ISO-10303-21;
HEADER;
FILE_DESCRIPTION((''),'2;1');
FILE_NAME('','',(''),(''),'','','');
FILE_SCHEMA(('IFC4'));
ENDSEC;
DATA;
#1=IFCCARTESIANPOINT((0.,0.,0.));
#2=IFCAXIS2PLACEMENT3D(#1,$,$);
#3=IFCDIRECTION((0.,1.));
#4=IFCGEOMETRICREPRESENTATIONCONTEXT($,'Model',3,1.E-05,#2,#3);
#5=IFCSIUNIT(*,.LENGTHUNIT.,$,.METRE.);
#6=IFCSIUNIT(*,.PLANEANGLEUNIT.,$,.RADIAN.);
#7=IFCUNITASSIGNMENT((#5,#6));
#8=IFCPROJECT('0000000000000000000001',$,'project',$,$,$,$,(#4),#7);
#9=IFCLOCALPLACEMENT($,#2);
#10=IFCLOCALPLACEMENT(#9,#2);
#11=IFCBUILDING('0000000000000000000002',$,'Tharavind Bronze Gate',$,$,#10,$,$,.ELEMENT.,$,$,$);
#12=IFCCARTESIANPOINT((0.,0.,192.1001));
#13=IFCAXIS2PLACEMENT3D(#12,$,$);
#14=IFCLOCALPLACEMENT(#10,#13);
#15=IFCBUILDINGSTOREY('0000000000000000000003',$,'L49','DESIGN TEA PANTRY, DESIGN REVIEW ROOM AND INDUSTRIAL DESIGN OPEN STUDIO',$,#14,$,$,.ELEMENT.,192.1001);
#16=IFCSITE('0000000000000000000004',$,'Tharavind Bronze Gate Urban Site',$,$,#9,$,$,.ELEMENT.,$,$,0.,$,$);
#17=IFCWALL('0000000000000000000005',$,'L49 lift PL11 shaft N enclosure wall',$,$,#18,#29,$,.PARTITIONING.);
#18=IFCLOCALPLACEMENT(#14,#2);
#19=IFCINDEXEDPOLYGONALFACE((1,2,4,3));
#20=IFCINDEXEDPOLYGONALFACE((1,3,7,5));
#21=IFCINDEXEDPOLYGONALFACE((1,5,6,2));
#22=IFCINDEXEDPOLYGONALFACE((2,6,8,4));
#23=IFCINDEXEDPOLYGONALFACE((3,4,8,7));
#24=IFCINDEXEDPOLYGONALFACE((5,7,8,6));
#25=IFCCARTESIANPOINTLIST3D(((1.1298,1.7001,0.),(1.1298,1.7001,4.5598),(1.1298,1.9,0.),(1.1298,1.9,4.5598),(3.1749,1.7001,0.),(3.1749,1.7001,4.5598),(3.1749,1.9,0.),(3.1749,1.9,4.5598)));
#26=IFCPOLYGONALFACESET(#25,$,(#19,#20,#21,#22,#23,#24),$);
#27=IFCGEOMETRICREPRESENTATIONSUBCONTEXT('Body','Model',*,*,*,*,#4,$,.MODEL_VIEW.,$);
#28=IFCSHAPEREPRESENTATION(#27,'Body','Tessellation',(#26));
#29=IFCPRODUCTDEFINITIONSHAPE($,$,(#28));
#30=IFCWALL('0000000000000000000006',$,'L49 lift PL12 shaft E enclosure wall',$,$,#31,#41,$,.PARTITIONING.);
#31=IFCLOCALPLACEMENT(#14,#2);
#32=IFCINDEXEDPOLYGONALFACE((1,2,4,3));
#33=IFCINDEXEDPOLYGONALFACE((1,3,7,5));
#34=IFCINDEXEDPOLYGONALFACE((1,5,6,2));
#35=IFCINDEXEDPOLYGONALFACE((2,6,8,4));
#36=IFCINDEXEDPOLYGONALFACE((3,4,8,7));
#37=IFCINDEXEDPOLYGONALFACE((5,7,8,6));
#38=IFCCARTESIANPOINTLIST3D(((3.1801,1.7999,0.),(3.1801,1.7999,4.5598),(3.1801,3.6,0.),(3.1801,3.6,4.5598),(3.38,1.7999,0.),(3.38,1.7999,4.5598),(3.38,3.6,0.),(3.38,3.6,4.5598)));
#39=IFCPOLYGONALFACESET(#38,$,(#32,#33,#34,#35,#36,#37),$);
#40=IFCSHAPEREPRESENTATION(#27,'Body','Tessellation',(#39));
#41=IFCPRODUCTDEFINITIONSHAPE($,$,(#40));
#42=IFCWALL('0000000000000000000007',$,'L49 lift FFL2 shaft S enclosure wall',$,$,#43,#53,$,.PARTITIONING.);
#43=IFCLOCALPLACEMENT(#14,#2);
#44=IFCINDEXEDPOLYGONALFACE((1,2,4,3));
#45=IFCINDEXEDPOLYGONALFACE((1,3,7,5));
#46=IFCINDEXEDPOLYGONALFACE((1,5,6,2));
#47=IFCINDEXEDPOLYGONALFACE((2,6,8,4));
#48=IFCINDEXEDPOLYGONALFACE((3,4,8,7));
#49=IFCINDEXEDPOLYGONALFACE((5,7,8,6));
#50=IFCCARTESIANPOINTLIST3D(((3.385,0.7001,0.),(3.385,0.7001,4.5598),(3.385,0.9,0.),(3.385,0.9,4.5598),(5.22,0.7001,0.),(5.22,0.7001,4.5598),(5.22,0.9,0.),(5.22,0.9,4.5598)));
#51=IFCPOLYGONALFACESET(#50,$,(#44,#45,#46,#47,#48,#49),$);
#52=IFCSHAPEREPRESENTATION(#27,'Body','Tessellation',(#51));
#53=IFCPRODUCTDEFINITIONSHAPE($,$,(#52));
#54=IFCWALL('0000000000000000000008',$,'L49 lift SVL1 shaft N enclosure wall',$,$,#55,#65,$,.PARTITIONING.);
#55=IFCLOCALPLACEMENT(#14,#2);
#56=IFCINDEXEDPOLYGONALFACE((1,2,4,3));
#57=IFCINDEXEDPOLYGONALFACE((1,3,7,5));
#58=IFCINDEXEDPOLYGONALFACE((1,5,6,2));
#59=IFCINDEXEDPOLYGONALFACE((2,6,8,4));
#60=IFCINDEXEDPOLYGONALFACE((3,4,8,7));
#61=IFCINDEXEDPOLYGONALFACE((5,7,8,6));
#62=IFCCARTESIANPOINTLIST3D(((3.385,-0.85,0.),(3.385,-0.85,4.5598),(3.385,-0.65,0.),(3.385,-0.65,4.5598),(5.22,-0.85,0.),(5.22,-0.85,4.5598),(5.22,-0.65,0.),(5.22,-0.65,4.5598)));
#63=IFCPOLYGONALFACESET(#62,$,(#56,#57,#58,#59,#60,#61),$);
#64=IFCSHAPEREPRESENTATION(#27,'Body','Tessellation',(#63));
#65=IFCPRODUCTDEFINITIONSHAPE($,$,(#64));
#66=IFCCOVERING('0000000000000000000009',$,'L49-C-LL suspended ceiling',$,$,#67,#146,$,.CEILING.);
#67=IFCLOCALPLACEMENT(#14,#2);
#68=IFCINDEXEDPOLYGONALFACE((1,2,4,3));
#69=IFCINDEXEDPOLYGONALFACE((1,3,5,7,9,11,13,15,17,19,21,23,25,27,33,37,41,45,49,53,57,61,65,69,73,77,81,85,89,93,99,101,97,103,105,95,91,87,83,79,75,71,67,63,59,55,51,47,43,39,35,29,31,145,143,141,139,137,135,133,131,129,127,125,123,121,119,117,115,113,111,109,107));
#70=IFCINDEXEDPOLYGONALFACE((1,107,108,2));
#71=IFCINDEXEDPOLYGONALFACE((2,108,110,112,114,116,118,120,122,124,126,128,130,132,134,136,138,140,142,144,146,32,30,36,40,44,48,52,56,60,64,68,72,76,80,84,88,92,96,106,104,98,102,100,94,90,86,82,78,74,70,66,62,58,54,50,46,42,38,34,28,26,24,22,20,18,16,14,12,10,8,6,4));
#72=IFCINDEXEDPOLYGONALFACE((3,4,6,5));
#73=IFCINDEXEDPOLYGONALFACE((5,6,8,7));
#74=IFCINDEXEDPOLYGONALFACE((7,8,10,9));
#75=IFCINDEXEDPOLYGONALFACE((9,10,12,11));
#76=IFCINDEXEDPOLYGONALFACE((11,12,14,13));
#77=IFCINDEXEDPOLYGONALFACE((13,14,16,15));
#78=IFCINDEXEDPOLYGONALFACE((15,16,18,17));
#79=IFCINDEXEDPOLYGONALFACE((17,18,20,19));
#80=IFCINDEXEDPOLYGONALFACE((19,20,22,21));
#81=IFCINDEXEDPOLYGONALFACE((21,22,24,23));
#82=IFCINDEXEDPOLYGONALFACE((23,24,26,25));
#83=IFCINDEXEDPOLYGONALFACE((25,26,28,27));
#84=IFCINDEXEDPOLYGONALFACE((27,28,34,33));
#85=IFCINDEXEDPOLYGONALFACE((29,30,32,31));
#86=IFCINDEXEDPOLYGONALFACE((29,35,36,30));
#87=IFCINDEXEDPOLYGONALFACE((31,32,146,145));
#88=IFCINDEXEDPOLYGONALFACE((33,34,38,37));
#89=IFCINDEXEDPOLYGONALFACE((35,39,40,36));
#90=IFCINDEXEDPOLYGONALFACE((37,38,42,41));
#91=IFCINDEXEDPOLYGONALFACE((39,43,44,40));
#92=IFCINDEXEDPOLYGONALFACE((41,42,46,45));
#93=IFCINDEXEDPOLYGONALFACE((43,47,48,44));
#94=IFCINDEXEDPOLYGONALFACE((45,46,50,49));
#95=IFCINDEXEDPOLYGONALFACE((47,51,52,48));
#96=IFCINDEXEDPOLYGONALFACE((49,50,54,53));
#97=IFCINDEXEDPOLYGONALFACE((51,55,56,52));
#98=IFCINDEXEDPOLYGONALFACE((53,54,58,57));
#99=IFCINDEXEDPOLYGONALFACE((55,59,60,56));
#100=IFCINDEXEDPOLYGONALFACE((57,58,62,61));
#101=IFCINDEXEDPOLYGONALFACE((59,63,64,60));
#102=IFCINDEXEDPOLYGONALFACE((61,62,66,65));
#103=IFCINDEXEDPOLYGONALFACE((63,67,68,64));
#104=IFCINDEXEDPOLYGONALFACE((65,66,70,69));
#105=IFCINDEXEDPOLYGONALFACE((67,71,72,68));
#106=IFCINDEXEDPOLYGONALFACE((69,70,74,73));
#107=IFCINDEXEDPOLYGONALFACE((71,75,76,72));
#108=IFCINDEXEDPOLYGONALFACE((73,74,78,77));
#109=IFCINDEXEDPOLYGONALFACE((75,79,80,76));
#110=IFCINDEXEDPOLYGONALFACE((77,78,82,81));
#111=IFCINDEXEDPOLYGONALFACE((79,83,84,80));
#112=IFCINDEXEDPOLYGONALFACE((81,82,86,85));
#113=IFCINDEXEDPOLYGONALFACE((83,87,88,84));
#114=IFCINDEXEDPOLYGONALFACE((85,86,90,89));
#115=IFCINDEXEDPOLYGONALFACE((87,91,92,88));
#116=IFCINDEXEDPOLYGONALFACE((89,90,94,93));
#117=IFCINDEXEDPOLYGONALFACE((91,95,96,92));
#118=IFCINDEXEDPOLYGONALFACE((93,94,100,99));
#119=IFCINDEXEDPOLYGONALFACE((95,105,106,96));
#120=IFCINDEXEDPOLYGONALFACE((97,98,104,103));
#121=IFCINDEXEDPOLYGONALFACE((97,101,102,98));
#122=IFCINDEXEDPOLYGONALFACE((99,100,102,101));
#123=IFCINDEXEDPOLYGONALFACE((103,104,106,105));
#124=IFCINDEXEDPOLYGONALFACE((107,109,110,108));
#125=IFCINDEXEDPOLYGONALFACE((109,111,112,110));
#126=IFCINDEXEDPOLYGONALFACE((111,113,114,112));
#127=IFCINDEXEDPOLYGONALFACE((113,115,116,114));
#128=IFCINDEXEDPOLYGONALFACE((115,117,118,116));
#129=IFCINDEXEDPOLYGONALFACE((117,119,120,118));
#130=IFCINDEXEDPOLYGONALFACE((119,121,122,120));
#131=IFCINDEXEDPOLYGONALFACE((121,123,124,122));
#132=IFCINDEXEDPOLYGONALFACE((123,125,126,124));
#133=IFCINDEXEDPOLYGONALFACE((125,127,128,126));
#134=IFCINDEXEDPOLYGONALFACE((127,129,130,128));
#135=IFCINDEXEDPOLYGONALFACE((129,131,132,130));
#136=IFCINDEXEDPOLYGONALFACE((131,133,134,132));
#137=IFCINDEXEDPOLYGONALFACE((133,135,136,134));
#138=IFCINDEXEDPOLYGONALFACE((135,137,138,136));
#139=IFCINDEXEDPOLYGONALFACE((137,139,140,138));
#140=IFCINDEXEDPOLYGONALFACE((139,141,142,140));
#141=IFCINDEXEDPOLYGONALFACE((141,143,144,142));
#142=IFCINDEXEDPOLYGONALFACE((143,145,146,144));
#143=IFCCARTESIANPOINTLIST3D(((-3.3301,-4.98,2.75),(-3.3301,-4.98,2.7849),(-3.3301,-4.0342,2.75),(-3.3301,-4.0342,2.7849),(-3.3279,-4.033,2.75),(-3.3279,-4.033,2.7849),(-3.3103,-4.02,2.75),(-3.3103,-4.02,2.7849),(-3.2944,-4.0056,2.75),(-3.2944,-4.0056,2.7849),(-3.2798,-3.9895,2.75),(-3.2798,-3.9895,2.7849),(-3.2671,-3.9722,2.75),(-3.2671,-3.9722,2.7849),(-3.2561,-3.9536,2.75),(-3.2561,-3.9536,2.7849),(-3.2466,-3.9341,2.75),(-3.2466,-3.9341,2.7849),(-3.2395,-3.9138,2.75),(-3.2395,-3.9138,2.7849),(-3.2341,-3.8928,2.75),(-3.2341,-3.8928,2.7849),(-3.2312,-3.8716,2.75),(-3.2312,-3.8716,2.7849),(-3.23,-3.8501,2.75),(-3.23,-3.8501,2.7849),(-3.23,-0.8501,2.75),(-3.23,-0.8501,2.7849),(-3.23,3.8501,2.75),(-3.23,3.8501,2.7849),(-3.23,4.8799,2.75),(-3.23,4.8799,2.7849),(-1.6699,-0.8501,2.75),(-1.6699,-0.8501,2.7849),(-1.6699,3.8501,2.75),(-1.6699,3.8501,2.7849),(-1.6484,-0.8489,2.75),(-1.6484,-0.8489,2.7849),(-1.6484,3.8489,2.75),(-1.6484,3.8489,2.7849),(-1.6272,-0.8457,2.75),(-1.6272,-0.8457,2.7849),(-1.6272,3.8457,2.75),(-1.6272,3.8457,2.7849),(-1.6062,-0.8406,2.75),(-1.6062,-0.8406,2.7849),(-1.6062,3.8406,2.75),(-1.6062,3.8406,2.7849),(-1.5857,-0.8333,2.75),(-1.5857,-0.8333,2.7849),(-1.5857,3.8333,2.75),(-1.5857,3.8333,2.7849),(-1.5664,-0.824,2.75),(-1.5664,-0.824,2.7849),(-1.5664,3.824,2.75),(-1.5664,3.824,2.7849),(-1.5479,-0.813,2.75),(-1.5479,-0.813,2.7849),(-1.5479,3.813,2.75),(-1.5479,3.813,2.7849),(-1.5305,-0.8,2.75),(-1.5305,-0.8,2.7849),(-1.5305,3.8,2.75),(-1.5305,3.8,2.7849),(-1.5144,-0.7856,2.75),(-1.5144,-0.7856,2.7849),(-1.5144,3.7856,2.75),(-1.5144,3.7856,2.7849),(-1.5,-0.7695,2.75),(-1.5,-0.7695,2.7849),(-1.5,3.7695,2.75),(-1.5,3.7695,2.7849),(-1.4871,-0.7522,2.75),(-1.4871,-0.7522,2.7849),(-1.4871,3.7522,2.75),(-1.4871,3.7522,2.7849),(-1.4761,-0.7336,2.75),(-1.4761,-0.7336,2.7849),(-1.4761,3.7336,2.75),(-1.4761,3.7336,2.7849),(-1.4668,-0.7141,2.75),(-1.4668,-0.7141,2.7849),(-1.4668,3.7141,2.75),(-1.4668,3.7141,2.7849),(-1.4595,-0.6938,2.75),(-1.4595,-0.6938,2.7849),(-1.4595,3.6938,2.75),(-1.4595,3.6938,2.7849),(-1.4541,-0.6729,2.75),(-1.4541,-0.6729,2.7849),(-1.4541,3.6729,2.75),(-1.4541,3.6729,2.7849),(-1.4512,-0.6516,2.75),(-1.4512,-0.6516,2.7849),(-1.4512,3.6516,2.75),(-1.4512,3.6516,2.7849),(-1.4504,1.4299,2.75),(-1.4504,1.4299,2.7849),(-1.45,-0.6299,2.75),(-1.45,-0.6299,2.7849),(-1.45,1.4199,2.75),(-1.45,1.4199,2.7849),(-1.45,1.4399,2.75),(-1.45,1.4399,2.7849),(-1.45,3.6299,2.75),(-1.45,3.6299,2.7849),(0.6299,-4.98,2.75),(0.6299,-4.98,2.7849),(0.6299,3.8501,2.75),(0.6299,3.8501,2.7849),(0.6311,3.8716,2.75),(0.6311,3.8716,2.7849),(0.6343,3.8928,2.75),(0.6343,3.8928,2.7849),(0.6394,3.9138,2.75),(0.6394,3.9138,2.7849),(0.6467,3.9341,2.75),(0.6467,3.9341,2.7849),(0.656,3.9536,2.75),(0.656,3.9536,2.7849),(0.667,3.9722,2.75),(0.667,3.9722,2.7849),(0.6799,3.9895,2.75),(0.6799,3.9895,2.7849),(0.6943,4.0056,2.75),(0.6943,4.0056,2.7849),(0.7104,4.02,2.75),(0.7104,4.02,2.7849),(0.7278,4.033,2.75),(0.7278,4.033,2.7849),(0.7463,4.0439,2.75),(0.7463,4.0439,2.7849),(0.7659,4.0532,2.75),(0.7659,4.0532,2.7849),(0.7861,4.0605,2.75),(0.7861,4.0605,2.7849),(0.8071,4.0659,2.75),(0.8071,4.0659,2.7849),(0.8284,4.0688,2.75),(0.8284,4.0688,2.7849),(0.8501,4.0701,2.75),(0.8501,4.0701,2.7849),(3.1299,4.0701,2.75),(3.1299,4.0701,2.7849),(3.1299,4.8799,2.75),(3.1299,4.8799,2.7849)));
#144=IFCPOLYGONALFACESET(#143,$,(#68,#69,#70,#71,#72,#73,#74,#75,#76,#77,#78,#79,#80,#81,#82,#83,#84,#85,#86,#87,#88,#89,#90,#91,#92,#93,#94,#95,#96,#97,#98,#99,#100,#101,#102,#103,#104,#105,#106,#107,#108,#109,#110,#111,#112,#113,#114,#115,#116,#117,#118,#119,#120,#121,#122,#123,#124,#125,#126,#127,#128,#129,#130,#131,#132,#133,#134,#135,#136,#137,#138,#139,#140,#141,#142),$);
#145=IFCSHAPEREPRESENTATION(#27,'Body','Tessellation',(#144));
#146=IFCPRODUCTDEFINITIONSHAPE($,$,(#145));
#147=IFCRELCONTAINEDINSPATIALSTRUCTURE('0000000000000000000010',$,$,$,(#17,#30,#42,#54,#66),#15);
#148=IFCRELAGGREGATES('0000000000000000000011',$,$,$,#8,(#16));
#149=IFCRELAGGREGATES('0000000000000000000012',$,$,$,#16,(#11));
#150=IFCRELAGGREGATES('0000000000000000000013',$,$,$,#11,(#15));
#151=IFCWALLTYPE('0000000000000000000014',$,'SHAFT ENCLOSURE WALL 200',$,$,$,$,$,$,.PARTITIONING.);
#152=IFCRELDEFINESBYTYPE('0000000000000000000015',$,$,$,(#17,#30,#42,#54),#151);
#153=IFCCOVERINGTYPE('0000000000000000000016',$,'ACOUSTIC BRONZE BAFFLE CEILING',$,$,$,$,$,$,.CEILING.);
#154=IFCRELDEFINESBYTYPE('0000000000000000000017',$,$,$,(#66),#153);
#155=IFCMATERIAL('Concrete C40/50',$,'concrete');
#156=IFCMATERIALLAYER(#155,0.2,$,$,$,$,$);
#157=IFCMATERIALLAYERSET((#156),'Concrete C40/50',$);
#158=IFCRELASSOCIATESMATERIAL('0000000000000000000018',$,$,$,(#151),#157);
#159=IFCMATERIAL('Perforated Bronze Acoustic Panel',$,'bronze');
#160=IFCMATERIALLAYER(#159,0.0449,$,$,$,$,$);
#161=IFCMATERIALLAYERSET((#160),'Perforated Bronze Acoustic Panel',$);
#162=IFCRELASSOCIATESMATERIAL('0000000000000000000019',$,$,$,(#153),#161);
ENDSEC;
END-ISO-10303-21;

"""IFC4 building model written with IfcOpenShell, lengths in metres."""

from ifc_helpers import new_model, si_unit, direction, frame, frame_2d, origin, place, context, subcontext, project, spatial, polyline, rectangle, outline, extrude, material, layer, layer_set, type_object, element, save


model = new_model("IFC4")

# Units and contexts
model_context = context("Model", 3, precision=1e-05, world=origin(), true_north=direction((0.0, 1.0)))
body_context = subcontext(model_context, "Body", "Model", "MODEL_VIEW")
ifc_project = project(units=[si_unit("LENGTHUNIT", "METRE"), si_unit("PLANEANGLEUNIT", "RADIAN")], contexts=[model_context])

# Site, building, storey
site_placement = place(None, origin())
site = spatial("IfcSite", under=ifc_project, at=site_placement, Name="Tharavind Bronze Gate Urban Site", CompositionType="ELEMENT", RefElevation=0.0)
building_placement = place(site_placement, origin())
building = spatial("IfcBuilding", under=site, at=building_placement, Name="Tharavind Bronze Gate", CompositionType="ELEMENT")
storey_placement = place(building_placement, frame((0.0, 0.0, 192.1001)))
storey = spatial("IfcBuildingStorey", under=building, at=storey_placement, Name="L49", Description="DESIGN TEA PANTRY, DESIGN REVIEW ROOM AND INDUSTRIAL DESIGN OPEN STUDIO", CompositionType="ELEMENT", Elevation=192.1001)

# Shared definitions
ifc_material_1 = material(Name="Concrete C40/50", Category="concrete")

# Walls
ifc_layer_1 = layer(ifc_material_1, 0.2)
ifc_layer_set_1 = layer_set([ifc_layer_1], Name="Concrete C40/50")
wall_type_1 = type_object("IfcWallType", Name="SHAFT ENCLOSURE WALL 200", PredefinedType="PARTITIONING", material=ifc_layer_set_1)
wall_1_placement = place(storey_placement, frame((1.1299, 1.8, 0.0), z_axis=(0.0, 0.0, 1.0), x_axis=(1.0, 0.0, 0.0)))
element("IfcWall", 1, at=wall_1_placement, inside=storey, type_object=wall_type_1, Name="L49 lift PL11 shaft N enclosure wall", PredefinedType="PARTITIONING", context=body_context, shape_type="SweptSolid", body=[
    extrude(rectangle(XDim=2.0452, YDim=0.2, at=frame_2d((1.0225, 0.0))), origin(), (0.0, 0.0, 1.0), 4.5598),
])
wall_2_placement = place(storey_placement, frame((3.28, 1.8, 0.0), z_axis=(0.0, 0.0, 1.0), x_axis=(0.0, 1.0, 0.0)))
element("IfcWall", 2, at=wall_2_placement, inside=storey, type_object=wall_type_1, Name="L49 lift PL12 shaft E enclosure wall", PredefinedType="PARTITIONING", context=body_context, shape_type="SweptSolid", body=[
    extrude(rectangle(XDim=1.8, YDim=0.2, at=frame_2d((0.8999, 0.0))), origin(), (0.0, 0.0, 1.0), 4.5598),
])
for number, where, z_axis, x_axis, name in (
    (3, (3.385, 0.8, 0.0), (0.0, 0.0, 1.0), (1.0, 0.0, 0.0), "L49 lift FFL2 shaft S enclosure wall"),
    (4, (3.385, -0.75, 0.0), (0.0, 0.0, 1.0), (1.0, 0.0, 0.0), "L49 lift SVL1 shaft N enclosure wall"),
):
    element("IfcWall", number, at=place(storey_placement, frame(where, z_axis=z_axis, x_axis=x_axis)), inside=storey, type_object=wall_type_1, Name=name, PredefinedType="PARTITIONING", context=body_context, shape_type="SweptSolid", body=[
        extrude(rectangle(XDim=1.835, YDim=0.2, at=frame_2d((0.9175, 0.0))), origin(), (0.0, 0.0, 1.0), 4.5598),
    ])

# Covering
ifc_material_2 = material(Name="Perforated Bronze Acoustic Panel", Category="bronze")
ifc_layer_2 = layer(ifc_material_2, 0.0449)
ifc_layer_set_2 = layer_set([ifc_layer_2], Name="Perforated Bronze Acoustic Panel")
covering_type_1 = type_object("IfcCoveringType", Name="ACOUSTIC BRONZE BAFFLE CEILING", PredefinedType="CEILING", material=ifc_layer_set_2)
covering_1_placement = place(storey_placement, frame((0.0, 0.0, 2.75)))
element("IfcCovering", 5, at=covering_1_placement, inside=storey, type_object=covering_type_1, Name="L49-C-LL suspended ceiling", PredefinedType="CEILING", context=body_context, shape_type="SweptSolid", body=[
    extrude(outline(polyline([(-3.3301, -4.98), (0.6299, -4.98), (0.6299, 3.8501), (0.6311, 3.8716), (0.6343, 3.8928), (0.6394, 3.9138), (0.6467, 3.9341), (0.656, 3.9536), (0.667, 3.9722), (0.6799, 3.9895), (0.6943, 4.0056), (0.7104, 4.02), (0.7278, 4.033), (0.7463, 4.0439), (0.7659, 4.0532), (0.7861, 4.0605), (0.8071, 4.0659), (0.8284, 4.0688), (0.8501, 4.0701), (3.1299, 4.0701), (3.1299, 4.8799), (-3.23, 4.8799), (-3.23, 3.8501), (-1.6699, 3.8501), (-1.6484, 3.8489), (-1.6272, 3.8457), (-1.6062, 3.8406), (-1.5857, 3.8333), (-1.5664, 3.824), (-1.5479, 3.813), (-1.5305, 3.8), (-1.5144, 3.7856), (-1.5, 3.7695), (-1.4871, 3.7522), (-1.4761, 3.7336), (-1.4668, 3.7141), (-1.4595, 3.6938), (-1.4541, 3.6729), (-1.4512, 3.6516), (-1.45, 3.6299), (-1.45, 1.4399), (-1.4504, 1.4299), (-1.45, 1.4199), (-1.45, -0.6299), (-1.4512, -0.6516), (-1.4541, -0.6729), (-1.4595, -0.6938), (-1.4668, -0.7141), (-1.4761, -0.7336), (-1.4871, -0.7522), (-1.5, -0.7695), (-1.5144, -0.7856), (-1.5305, -0.8), (-1.5479, -0.813), (-1.5664, -0.824), (-1.5857, -0.8333), (-1.6062, -0.8406), (-1.6272, -0.8457), (-1.6484, -0.8489), (-1.6699, -0.8501), (-3.23, -0.8501), (-3.23, -3.8501), (-3.2312, -3.8716), (-3.2341, -3.8928), (-3.2395, -3.9138), (-3.2466, -3.9341), (-3.2561, -3.9536), (-3.2671, -3.9722), (-3.2798, -3.9895), (-3.2944, -4.0056), (-3.3103, -4.02), (-3.3279, -4.033), (-3.3301, -4.0342), (-3.3301, -4.98)])), origin(), (0.0, 0.0, 1.0), 0.0349),
])

save(model, "model.ifc")
